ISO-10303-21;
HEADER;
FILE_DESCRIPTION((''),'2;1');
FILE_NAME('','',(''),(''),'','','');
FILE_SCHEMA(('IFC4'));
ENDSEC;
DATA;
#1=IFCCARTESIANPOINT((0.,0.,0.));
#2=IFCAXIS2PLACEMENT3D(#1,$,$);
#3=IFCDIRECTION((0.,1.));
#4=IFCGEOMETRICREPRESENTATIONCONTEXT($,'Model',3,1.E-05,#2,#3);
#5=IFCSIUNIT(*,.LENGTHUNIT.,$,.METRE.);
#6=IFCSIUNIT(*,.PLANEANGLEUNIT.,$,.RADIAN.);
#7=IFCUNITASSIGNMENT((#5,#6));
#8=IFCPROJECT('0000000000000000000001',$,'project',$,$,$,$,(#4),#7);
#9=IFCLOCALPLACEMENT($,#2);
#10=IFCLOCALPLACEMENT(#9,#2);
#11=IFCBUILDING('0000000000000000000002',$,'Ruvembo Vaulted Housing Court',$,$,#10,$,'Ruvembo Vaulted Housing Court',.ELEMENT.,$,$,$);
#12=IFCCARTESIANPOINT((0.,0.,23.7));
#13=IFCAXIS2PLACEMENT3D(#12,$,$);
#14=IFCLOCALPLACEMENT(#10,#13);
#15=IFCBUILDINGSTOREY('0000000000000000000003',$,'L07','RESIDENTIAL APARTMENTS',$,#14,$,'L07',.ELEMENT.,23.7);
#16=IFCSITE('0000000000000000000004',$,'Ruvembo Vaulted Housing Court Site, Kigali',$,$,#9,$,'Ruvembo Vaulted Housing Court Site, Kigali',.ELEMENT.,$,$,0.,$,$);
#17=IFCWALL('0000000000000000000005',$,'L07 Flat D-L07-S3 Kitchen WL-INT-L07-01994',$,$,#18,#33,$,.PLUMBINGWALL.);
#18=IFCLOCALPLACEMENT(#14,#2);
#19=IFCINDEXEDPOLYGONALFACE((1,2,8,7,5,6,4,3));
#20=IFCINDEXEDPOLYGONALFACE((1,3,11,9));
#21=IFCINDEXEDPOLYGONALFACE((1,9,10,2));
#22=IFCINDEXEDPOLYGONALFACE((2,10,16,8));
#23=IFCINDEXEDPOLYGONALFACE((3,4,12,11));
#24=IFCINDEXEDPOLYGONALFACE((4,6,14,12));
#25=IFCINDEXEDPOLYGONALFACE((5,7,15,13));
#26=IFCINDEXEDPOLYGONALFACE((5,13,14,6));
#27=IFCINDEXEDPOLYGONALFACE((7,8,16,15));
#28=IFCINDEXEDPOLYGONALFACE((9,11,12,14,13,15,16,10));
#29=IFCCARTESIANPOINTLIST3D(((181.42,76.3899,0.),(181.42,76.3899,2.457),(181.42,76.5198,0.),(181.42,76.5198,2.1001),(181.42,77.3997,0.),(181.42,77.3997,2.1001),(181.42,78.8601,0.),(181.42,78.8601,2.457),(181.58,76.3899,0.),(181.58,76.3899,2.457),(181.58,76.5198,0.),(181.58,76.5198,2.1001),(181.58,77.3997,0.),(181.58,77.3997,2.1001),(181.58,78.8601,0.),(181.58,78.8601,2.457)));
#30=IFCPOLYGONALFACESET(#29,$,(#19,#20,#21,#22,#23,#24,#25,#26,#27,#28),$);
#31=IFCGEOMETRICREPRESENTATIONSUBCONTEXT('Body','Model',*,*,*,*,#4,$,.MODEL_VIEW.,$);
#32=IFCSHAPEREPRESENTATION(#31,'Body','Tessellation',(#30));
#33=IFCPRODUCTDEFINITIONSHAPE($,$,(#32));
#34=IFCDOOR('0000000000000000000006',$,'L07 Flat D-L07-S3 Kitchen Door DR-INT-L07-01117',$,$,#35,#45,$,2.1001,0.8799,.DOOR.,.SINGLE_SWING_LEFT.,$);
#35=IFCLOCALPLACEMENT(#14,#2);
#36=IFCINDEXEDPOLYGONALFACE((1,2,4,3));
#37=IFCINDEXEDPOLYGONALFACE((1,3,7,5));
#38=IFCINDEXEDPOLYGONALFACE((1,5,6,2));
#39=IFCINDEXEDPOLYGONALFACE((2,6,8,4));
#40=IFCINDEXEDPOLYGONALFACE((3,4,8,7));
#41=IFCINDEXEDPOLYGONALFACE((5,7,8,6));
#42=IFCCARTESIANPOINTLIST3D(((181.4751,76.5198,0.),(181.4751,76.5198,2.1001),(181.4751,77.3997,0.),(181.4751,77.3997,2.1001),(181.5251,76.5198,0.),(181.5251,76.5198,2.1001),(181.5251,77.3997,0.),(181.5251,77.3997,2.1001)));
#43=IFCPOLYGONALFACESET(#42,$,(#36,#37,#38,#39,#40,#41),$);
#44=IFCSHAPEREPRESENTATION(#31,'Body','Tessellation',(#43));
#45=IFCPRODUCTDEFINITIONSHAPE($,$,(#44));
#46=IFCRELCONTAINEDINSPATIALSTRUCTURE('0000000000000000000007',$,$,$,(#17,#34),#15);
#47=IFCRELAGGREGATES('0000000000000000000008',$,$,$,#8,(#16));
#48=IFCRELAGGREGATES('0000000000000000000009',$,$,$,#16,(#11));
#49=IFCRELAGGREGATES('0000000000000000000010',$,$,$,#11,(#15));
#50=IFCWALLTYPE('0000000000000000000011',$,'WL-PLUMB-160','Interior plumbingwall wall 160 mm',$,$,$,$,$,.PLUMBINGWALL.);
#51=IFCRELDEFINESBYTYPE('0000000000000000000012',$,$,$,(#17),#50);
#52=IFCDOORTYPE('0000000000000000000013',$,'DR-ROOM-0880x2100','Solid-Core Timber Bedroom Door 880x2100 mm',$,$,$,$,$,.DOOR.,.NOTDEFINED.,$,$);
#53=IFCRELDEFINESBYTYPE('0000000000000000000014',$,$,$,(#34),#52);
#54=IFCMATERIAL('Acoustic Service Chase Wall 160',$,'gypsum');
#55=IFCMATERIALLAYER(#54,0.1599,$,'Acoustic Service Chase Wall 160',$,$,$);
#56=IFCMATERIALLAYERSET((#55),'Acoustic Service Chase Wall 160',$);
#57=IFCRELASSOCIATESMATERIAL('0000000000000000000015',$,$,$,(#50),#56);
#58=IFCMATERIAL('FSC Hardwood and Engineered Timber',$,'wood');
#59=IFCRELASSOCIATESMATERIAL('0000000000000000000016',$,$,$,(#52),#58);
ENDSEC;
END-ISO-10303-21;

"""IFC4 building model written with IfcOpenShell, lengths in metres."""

from ifc_helpers import new_model, si_unit, direction, frame, frame_2d, origin, place, context, subcontext, project, spatial, rectangle, extrude, material, layer, layer_set, type_object, element, fill, save


model = new_model("IFC4")

# Units and contexts
model_context = context("Model", 3, precision=1e-05, world=origin(), true_north=direction((0.0, 1.0)))
body_context = subcontext(model_context, "Body", "Model", "MODEL_VIEW")
ifc_project = project(units=[si_unit("LENGTHUNIT", "METRE"), si_unit("PLANEANGLEUNIT", "RADIAN")], contexts=[model_context])

# Site, building, storey
site_placement = place(None, origin())
site = spatial("IfcSite", under=ifc_project, at=site_placement, Name="Ruvembo Vaulted Housing Court Site, Kigali", LongName="Ruvembo Vaulted Housing Court Site, Kigali", CompositionType="ELEMENT", RefElevation=0.0)
building_placement = place(site_placement, origin())
building = spatial("IfcBuilding", under=site, at=building_placement, Name="Ruvembo Vaulted Housing Court", LongName="Ruvembo Vaulted Housing Court", CompositionType="ELEMENT")
storey_placement = place(building_placement, frame((0.0, 0.0, 23.7)))
storey = spatial("IfcBuildingStorey", under=building, at=storey_placement, Name="L07", Description="RESIDENTIAL APARTMENTS", LongName="L07", CompositionType="ELEMENT", Elevation=23.7)

# Wall, opening, door
ifc_material_1 = material(Name="FSC Hardwood and Engineered Timber", Category="wood")
ifc_material_2 = material(Name="Acoustic Service Chase Wall 160", Category="gypsum")
ifc_layer_1 = layer(ifc_material_2, 0.1599, Name="Acoustic Service Chase Wall 160")
ifc_layer_set_1 = layer_set([ifc_layer_1], Name="Acoustic Service Chase Wall 160")
wall_type_1 = type_object("IfcWallType", Name="WL-PLUMB-160", Description="Interior plumbingwall wall 160 mm", PredefinedType="PLUMBINGWALL", material=ifc_layer_set_1)
wall_1_placement = place(storey_placement, frame((181.5, 76.3899, 0.0), z_axis=(0.0, 0.0, 1.0), x_axis=(0.0, 1.0, 0.0)))
wall_1 = element("IfcWall", 1, at=wall_1_placement, inside=storey, type_object=wall_type_1, Name="L07 Flat D-L07-S3 Kitchen WL-INT-L07-01994", PredefinedType="PLUMBINGWALL", context=body_context, shape_type="SweptSolid", body=[
    extrude(rectangle(XDim=2.4702, YDim=0.1599, at=frame_2d((1.2351, 0.0))), origin(), (0.0, 0.0, 1.0), 2.457),
])
opening_1_placement = place(wall_1_placement, frame((0.1299, 0.0, 0.0)))
opening_1 = element("IfcOpeningElement", 2, at=opening_1_placement, cuts=wall_1, PredefinedType="OPENING", context=body_context, shape_type="SweptSolid", body=[
    extrude(rectangle(XDim=0.8799, YDim=2.1001, at=frame_2d((0.4399, 1.05))), frame((0.0, 0.0898, 0.0), z_axis=(0.0, -1.0, 0.0), x_axis=(1.0, 0.0, 0.0)), (0.0, 0.0, 1.0), 0.1799),
])
door_type_1 = type_object("IfcDoorType", Name="DR-ROOM-0880x2100", Description="Solid-Core Timber Bedroom Door 880x2100 mm", OperationType="NOTDEFINED", PredefinedType="DOOR", material=ifc_material_1)
door_1_placement = place(opening_1_placement, origin())
door_1 = element("IfcDoor", 3, at=door_1_placement, inside=storey, type_object=door_type_1, Name="L07 Flat D-L07-S3 Kitchen Door DR-INT-L07-01117", OperationType="SINGLE_SWING_LEFT", OverallHeight=2.1001, OverallWidth=0.8799, PredefinedType="DOOR", context=body_context, shape_type="SweptSolid", body=[
    extrude(rectangle(XDim=0.8799, YDim=2.1001, at=frame_2d((0.4399, 1.05))), frame((0.0, 0.0249, 0.0), z_axis=(0.0, -1.0, 0.0), x_axis=(1.0, 0.0, 0.0)), (0.0, 0.0, 1.0), 0.05),
])
fill(opening_1, door_1)

save(model, "model.ifc")
